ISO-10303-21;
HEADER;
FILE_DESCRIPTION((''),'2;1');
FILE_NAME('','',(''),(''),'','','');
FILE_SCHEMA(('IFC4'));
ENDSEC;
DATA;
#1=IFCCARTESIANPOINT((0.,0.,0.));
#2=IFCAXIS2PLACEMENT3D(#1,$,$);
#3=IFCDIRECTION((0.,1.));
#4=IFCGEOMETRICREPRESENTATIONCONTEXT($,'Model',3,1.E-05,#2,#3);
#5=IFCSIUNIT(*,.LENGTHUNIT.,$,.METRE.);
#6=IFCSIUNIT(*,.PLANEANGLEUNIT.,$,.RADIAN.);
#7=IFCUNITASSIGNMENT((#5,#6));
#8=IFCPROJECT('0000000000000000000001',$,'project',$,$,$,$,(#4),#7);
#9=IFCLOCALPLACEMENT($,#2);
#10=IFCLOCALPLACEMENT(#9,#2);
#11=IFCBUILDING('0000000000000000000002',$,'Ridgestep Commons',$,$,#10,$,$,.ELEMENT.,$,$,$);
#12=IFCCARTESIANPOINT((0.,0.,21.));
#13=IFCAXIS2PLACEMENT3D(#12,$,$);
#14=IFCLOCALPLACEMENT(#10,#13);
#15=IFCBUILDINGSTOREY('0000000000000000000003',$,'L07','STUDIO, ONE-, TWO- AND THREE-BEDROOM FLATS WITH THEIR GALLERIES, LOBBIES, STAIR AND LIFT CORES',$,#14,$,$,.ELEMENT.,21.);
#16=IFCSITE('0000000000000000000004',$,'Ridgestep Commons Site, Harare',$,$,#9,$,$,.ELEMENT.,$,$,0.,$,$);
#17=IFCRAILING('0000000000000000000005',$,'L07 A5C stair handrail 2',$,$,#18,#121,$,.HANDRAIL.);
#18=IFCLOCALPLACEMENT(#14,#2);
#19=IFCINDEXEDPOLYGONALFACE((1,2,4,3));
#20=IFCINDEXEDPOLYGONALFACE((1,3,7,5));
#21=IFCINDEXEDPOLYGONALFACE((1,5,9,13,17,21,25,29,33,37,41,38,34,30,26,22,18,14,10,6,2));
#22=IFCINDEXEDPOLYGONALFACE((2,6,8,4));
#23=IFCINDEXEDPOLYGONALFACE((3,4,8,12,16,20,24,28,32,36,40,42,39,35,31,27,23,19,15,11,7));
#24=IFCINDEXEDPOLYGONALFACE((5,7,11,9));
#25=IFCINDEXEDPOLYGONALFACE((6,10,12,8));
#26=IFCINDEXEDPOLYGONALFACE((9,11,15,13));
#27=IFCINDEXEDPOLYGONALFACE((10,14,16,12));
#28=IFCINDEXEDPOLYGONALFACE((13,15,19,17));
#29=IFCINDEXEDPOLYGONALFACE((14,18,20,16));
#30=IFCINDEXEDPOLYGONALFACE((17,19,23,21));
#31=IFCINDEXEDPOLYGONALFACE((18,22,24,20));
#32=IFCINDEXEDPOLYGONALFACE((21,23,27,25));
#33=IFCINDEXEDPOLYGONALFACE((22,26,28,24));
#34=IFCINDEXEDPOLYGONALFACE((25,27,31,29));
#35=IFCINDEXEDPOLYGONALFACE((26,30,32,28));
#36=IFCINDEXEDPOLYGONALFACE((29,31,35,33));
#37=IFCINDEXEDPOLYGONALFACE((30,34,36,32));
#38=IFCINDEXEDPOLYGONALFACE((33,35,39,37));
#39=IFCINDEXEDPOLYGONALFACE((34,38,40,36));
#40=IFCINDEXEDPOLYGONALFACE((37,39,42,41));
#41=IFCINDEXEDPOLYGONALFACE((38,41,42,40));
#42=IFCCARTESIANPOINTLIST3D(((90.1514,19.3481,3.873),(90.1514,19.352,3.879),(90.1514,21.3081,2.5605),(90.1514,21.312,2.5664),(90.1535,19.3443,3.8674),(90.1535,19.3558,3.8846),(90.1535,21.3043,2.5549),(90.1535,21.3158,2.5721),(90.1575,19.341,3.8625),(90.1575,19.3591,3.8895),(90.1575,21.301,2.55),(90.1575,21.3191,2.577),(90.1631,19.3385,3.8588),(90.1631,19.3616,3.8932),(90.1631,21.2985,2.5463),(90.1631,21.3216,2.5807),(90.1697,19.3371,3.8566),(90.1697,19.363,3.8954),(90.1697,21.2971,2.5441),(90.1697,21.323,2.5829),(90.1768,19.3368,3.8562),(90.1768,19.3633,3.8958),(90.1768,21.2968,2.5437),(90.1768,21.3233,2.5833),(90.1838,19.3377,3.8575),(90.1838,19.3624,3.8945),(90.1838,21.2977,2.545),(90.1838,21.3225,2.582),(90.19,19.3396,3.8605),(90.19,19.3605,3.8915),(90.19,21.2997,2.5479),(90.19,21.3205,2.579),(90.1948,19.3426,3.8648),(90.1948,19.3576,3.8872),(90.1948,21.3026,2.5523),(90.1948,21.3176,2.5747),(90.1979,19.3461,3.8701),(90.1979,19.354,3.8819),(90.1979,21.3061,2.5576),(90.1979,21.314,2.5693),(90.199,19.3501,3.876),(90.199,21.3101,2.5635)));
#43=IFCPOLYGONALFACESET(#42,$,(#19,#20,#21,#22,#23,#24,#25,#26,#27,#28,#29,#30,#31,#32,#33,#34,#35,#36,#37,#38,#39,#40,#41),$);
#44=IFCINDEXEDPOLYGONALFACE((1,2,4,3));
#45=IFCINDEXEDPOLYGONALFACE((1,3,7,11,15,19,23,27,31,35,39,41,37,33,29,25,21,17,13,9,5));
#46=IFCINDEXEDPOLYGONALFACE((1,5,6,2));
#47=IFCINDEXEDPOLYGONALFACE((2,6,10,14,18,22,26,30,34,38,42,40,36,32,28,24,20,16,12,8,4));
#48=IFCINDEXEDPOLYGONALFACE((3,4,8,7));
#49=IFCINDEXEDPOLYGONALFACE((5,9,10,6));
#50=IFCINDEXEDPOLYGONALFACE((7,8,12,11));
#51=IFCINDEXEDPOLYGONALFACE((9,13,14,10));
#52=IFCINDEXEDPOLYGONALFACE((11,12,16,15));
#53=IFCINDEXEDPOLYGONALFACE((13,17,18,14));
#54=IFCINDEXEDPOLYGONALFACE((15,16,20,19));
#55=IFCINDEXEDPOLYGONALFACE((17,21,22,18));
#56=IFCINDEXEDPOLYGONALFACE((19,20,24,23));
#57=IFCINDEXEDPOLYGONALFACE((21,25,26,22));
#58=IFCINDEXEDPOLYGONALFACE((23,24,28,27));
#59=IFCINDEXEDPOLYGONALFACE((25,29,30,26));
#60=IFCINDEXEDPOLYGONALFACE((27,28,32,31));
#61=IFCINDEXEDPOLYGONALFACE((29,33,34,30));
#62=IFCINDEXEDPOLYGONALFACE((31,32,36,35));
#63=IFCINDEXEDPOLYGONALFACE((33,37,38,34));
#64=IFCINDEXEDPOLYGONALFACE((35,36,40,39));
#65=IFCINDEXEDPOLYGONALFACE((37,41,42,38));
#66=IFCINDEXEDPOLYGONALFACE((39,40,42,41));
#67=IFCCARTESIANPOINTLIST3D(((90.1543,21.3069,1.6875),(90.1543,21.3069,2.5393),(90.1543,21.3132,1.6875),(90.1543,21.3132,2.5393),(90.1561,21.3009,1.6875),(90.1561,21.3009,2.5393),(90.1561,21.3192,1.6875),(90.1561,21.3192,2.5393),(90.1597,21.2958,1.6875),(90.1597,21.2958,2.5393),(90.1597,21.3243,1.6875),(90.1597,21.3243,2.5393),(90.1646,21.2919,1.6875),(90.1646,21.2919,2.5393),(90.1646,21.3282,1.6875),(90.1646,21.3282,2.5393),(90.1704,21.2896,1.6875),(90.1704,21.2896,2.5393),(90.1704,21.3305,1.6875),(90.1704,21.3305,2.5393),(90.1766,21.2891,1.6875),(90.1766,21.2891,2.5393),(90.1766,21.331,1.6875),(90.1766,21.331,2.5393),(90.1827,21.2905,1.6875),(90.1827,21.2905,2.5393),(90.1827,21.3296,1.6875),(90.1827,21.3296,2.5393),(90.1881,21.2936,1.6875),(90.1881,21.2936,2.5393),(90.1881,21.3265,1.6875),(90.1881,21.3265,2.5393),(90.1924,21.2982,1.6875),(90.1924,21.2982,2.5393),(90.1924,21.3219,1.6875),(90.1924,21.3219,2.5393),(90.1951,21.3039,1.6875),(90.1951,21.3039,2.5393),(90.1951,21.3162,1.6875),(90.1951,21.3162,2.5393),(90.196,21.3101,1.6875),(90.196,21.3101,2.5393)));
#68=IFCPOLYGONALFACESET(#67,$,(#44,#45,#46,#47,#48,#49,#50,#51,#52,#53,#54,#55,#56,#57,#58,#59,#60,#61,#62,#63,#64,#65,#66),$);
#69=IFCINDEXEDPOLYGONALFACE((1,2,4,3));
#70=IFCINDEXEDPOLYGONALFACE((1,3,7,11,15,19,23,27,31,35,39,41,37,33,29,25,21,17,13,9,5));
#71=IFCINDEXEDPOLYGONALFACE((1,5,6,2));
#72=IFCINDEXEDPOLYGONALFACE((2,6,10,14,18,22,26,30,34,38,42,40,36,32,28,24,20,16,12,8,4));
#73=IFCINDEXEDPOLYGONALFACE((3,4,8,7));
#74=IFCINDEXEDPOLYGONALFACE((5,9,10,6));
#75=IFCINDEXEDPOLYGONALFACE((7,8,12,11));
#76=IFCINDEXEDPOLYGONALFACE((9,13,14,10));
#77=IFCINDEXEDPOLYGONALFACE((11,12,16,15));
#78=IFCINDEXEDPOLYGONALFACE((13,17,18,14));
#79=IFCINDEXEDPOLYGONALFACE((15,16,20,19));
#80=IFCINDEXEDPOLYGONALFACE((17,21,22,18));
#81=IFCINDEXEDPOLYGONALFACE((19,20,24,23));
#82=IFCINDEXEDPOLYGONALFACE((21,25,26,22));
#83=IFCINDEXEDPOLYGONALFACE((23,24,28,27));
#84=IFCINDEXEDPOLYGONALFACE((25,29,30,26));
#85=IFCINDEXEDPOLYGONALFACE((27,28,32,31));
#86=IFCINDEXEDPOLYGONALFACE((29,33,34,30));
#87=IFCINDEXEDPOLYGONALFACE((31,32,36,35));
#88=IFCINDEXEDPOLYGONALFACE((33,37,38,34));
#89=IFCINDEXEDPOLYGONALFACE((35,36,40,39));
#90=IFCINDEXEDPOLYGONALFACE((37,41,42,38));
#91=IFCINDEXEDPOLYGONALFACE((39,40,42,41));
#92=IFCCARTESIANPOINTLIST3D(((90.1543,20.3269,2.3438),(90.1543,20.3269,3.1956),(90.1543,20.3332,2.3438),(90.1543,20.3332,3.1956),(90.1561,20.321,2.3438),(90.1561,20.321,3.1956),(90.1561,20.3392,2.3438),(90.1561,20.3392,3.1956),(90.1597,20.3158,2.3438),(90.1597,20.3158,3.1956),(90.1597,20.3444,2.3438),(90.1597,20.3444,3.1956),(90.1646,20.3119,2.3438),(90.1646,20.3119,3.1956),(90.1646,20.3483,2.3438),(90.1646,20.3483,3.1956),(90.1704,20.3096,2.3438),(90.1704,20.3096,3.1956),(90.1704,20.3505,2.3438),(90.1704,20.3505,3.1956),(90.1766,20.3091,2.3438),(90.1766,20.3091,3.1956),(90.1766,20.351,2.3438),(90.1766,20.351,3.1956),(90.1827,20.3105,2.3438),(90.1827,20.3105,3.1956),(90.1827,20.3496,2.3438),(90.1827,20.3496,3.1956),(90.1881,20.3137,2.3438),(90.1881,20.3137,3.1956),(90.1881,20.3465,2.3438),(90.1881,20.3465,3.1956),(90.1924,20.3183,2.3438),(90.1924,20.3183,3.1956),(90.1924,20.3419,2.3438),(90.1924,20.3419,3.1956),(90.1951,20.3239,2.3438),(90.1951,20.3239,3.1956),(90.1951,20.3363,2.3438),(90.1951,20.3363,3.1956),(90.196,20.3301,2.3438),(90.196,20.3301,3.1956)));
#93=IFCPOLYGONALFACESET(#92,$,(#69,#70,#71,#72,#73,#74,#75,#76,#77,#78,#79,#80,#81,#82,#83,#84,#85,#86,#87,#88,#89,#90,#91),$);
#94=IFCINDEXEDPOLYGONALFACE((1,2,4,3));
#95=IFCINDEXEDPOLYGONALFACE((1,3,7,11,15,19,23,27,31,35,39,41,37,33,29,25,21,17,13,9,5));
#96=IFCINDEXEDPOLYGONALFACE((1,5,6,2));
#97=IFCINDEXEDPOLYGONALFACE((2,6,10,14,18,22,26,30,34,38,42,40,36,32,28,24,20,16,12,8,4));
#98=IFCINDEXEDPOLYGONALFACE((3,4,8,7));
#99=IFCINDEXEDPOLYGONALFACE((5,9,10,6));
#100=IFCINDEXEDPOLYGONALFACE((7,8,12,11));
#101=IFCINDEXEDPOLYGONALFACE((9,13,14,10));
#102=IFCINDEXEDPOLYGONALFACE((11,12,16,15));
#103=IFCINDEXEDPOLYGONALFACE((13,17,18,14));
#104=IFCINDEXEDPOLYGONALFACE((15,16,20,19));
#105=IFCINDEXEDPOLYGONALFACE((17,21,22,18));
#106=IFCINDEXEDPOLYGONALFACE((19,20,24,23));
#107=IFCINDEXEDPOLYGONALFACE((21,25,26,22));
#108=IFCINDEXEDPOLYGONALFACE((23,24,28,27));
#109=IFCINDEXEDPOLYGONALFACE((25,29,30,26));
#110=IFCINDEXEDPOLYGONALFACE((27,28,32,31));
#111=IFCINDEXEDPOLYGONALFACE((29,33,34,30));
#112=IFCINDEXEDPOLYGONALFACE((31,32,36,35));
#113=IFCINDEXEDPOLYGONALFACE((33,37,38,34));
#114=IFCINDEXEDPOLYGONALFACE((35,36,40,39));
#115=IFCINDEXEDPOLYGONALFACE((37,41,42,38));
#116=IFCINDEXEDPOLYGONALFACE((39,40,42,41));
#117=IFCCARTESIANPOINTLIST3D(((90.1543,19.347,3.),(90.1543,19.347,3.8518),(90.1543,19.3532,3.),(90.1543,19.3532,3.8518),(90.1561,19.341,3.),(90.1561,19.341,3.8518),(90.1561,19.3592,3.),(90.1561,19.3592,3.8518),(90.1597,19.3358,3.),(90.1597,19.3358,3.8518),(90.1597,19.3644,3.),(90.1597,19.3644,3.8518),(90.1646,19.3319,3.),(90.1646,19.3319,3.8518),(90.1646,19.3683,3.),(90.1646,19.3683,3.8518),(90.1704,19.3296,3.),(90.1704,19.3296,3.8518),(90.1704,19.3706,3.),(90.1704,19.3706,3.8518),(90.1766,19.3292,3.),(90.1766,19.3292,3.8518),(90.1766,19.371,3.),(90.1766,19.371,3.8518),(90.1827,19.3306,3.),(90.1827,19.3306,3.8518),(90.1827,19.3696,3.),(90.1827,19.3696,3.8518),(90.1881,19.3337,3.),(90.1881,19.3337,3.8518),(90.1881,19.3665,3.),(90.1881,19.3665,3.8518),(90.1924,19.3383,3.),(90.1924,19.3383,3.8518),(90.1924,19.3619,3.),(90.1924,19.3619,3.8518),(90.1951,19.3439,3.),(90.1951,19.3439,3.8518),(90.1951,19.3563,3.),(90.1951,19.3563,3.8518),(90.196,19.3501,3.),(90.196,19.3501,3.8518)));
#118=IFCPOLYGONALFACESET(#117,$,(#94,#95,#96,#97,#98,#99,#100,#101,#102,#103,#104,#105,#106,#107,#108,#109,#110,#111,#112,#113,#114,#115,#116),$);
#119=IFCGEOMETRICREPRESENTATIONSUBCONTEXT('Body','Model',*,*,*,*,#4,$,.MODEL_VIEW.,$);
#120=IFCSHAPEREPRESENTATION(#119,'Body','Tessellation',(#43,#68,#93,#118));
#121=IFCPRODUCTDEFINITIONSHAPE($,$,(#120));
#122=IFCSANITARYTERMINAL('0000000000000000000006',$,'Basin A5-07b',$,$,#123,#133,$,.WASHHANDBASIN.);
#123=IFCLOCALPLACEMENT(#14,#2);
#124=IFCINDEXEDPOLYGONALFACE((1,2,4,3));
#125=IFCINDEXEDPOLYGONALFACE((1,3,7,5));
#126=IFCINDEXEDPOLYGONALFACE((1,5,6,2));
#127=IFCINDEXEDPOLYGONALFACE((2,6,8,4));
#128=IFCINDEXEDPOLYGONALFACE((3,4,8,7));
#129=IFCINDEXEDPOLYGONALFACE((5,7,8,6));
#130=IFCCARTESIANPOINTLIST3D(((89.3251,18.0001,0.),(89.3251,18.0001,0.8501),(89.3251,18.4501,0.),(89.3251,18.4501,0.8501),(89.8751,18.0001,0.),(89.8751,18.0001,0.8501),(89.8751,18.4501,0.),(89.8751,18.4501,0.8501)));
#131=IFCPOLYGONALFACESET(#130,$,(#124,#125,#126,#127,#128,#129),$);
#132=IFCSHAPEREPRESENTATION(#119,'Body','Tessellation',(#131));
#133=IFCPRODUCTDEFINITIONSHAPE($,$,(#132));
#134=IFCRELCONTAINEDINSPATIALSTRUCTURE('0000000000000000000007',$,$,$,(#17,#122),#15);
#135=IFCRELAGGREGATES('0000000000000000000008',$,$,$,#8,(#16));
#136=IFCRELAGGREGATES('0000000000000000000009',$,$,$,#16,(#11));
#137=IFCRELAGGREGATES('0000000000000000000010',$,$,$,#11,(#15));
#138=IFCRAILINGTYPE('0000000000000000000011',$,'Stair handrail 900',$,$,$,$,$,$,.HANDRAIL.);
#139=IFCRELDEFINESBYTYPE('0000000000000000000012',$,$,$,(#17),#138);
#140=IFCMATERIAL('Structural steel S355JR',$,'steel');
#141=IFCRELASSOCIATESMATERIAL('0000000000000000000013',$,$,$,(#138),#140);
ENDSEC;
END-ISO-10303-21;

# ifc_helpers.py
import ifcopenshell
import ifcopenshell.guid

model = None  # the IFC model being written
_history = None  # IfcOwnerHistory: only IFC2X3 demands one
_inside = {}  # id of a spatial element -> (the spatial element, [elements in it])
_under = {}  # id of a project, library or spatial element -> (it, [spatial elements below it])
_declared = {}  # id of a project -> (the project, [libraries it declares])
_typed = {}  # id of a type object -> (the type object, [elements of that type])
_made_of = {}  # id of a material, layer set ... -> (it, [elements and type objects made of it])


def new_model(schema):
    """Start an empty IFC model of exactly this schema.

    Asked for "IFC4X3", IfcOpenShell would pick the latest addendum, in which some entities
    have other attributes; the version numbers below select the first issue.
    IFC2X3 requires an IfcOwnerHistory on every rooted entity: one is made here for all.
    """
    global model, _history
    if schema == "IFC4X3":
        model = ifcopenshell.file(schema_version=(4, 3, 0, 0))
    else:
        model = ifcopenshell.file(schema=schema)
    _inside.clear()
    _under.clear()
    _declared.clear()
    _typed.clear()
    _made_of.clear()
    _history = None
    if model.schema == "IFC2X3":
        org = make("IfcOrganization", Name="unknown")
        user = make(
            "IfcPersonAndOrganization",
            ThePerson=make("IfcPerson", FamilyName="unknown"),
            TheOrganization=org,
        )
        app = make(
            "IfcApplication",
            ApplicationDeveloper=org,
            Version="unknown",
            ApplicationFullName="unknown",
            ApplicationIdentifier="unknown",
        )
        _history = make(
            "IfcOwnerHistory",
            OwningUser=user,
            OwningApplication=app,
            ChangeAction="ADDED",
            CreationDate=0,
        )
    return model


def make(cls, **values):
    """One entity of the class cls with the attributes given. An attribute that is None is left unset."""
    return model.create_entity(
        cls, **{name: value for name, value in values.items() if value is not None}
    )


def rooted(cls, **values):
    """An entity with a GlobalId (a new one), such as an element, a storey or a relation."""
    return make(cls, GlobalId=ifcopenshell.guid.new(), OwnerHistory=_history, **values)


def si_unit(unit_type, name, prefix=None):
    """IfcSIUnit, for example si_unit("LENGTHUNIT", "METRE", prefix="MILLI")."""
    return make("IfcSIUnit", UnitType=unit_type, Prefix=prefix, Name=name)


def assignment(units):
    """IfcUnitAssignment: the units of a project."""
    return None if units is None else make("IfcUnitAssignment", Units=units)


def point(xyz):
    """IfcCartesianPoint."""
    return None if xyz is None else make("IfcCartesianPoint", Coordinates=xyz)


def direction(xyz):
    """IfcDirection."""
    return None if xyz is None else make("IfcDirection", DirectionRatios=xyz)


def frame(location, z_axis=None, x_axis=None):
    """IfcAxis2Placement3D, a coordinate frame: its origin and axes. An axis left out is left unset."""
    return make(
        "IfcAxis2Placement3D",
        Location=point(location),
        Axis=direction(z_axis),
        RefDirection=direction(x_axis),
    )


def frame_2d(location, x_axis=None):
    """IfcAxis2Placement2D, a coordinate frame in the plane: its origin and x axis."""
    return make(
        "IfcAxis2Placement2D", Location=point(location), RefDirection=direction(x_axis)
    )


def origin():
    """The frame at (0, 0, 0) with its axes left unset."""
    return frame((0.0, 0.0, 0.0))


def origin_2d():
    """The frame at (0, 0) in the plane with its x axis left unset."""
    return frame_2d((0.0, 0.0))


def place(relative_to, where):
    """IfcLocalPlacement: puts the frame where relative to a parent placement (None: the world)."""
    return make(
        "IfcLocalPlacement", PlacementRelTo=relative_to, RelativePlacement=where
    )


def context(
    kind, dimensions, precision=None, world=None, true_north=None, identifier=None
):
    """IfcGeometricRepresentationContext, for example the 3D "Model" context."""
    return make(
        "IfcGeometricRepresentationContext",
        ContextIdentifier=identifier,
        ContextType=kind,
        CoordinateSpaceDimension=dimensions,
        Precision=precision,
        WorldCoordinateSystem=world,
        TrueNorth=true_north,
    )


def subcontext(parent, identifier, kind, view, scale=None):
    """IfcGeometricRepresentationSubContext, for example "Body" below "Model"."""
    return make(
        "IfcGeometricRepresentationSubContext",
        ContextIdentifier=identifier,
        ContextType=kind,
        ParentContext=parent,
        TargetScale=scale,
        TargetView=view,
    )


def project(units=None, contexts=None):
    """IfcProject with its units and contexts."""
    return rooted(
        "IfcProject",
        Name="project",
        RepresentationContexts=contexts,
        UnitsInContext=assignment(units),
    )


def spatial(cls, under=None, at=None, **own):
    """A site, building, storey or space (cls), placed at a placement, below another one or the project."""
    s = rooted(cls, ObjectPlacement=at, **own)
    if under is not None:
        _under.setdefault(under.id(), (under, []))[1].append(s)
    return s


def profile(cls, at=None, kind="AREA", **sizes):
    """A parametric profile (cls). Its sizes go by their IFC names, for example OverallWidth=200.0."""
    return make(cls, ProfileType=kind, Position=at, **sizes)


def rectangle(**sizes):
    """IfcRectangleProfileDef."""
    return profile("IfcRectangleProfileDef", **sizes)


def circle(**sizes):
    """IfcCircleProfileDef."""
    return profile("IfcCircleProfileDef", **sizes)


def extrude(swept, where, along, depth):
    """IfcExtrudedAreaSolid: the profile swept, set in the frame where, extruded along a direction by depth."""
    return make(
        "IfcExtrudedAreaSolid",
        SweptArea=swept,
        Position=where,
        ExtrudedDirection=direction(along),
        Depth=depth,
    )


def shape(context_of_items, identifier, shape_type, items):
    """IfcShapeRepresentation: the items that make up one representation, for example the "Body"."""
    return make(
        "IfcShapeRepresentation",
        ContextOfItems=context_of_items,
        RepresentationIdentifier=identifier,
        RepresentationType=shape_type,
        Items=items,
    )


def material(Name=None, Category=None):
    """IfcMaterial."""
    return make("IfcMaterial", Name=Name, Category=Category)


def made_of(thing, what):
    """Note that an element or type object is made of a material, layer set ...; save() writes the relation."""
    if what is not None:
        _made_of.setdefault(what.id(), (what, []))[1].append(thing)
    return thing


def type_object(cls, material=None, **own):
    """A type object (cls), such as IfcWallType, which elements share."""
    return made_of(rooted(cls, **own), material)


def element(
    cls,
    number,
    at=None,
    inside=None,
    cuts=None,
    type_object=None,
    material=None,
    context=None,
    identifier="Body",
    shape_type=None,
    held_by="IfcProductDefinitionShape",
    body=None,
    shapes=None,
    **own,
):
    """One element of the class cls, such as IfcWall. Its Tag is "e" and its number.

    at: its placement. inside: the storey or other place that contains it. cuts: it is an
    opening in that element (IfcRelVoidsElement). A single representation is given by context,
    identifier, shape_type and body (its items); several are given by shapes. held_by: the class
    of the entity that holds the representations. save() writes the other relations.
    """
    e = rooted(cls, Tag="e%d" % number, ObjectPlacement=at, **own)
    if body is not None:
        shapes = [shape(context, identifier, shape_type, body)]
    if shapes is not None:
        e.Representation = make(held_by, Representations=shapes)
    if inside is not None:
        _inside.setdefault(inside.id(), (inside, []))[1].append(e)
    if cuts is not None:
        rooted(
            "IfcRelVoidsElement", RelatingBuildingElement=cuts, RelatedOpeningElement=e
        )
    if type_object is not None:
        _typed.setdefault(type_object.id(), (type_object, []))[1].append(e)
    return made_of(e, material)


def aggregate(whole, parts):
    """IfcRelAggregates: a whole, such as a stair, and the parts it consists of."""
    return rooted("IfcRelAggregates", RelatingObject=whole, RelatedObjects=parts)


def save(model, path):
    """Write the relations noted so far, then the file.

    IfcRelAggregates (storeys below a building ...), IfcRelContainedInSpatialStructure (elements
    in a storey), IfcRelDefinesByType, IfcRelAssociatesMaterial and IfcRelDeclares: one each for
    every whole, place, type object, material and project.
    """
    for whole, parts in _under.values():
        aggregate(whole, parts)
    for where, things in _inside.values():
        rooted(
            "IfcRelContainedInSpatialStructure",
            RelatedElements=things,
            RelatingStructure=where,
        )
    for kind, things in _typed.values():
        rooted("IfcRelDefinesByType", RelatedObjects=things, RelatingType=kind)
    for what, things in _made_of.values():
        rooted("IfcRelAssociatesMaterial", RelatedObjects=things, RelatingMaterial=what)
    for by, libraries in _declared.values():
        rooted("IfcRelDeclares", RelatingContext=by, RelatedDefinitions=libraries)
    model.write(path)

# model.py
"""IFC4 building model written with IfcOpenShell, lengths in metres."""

from ifc_helpers import new_model, si_unit, direction, frame, origin, origin_2d, place, context, subcontext, project, spatial, rectangle, circle, extrude, material, type_object, element, save


model = new_model("IFC4")

# Units and contexts
model_context = context("Model", 3, precision=1e-05, world=origin(), true_north=direction((0.0, 1.0)))
body_context = subcontext(model_context, "Body", "Model", "MODEL_VIEW")
ifc_project = project(units=[si_unit("LENGTHUNIT", "METRE"), si_unit("PLANEANGLEUNIT", "RADIAN")], contexts=[model_context])

# Site, building, storey
site_placement = place(None, origin())
site = spatial("IfcSite", under=ifc_project, at=site_placement, Name="Ridgestep Commons Site, Harare", CompositionType="ELEMENT", RefElevation=0.0)
building_placement = place(site_placement, origin())
building = spatial("IfcBuilding", under=site, at=building_placement, Name="Ridgestep Commons", CompositionType="ELEMENT")
storey_placement = place(building_placement, frame((0.0, 0.0, 21.0)))
storey = spatial("IfcBuildingStorey", under=building, at=storey_placement, Name="L07", Description="STUDIO, ONE-, TWO- AND THREE-BEDROOM FLATS WITH THEIR GALLERIES, LOBBIES, STAIR AND LIFT CORES", CompositionType="ELEMENT", Elevation=21.0)

# Railing
ifc_material_1 = material(Name="Structural steel S355JR", Category="steel")
railing_type_1 = type_object("IfcRailingType", Name="Stair handrail 900", PredefinedType="HANDRAIL", material=ifc_material_1)
railing_1_placement = place(storey_placement, frame((90.175, 21.3101, 1.6875)))
element("IfcRailing", 1, at=railing_1_placement, inside=storey, type_object=railing_type_1, Name="L07 A5C stair handrail 2", PredefinedType="HANDRAIL", context=body_context, shape_type="SweptSolid", body=[
    extrude(circle(Radius=0.0239, at=origin_2d()), frame((0.0, 0.0, 0.876), z_axis=(0.0, -0.830902, 0.556419), x_axis=(1.0, 0.0, 0.0)), (0.0, 0.0, 1.0), 2.3589),
    extrude(circle(Radius=0.021, at=origin_2d()), origin(), (0.0, 0.0, 1.0), 0.8518),
    extrude(circle(Radius=0.021, at=origin_2d()), frame((0.0, -0.98, 0.6562)), (0.0, 0.0, 1.0), 0.8518),
    extrude(circle(Radius=0.021, at=origin_2d()), frame((0.0, -1.96, 1.3125)), (0.0, 0.0, 1.0), 0.8518),
])

# Sanitary terminal
sanitary_terminal_placement = place(storey_placement, frame((89.6001, 18.2251, 0.0), z_axis=(0.0, 0.0, 1.0), x_axis=(1.0, 0.0, 0.0)))
element("IfcSanitaryTerminal", 2, at=sanitary_terminal_placement, inside=storey, Name="Basin A5-07b", PredefinedType="WASHHANDBASIN", context=body_context, shape_type="SweptSolid", body=[
    extrude(rectangle(XDim=0.55, YDim=0.45, at=origin_2d()), origin(), (0.0, 0.0, 1.0), 0.8501),
])

save(model, "model.ifc")
